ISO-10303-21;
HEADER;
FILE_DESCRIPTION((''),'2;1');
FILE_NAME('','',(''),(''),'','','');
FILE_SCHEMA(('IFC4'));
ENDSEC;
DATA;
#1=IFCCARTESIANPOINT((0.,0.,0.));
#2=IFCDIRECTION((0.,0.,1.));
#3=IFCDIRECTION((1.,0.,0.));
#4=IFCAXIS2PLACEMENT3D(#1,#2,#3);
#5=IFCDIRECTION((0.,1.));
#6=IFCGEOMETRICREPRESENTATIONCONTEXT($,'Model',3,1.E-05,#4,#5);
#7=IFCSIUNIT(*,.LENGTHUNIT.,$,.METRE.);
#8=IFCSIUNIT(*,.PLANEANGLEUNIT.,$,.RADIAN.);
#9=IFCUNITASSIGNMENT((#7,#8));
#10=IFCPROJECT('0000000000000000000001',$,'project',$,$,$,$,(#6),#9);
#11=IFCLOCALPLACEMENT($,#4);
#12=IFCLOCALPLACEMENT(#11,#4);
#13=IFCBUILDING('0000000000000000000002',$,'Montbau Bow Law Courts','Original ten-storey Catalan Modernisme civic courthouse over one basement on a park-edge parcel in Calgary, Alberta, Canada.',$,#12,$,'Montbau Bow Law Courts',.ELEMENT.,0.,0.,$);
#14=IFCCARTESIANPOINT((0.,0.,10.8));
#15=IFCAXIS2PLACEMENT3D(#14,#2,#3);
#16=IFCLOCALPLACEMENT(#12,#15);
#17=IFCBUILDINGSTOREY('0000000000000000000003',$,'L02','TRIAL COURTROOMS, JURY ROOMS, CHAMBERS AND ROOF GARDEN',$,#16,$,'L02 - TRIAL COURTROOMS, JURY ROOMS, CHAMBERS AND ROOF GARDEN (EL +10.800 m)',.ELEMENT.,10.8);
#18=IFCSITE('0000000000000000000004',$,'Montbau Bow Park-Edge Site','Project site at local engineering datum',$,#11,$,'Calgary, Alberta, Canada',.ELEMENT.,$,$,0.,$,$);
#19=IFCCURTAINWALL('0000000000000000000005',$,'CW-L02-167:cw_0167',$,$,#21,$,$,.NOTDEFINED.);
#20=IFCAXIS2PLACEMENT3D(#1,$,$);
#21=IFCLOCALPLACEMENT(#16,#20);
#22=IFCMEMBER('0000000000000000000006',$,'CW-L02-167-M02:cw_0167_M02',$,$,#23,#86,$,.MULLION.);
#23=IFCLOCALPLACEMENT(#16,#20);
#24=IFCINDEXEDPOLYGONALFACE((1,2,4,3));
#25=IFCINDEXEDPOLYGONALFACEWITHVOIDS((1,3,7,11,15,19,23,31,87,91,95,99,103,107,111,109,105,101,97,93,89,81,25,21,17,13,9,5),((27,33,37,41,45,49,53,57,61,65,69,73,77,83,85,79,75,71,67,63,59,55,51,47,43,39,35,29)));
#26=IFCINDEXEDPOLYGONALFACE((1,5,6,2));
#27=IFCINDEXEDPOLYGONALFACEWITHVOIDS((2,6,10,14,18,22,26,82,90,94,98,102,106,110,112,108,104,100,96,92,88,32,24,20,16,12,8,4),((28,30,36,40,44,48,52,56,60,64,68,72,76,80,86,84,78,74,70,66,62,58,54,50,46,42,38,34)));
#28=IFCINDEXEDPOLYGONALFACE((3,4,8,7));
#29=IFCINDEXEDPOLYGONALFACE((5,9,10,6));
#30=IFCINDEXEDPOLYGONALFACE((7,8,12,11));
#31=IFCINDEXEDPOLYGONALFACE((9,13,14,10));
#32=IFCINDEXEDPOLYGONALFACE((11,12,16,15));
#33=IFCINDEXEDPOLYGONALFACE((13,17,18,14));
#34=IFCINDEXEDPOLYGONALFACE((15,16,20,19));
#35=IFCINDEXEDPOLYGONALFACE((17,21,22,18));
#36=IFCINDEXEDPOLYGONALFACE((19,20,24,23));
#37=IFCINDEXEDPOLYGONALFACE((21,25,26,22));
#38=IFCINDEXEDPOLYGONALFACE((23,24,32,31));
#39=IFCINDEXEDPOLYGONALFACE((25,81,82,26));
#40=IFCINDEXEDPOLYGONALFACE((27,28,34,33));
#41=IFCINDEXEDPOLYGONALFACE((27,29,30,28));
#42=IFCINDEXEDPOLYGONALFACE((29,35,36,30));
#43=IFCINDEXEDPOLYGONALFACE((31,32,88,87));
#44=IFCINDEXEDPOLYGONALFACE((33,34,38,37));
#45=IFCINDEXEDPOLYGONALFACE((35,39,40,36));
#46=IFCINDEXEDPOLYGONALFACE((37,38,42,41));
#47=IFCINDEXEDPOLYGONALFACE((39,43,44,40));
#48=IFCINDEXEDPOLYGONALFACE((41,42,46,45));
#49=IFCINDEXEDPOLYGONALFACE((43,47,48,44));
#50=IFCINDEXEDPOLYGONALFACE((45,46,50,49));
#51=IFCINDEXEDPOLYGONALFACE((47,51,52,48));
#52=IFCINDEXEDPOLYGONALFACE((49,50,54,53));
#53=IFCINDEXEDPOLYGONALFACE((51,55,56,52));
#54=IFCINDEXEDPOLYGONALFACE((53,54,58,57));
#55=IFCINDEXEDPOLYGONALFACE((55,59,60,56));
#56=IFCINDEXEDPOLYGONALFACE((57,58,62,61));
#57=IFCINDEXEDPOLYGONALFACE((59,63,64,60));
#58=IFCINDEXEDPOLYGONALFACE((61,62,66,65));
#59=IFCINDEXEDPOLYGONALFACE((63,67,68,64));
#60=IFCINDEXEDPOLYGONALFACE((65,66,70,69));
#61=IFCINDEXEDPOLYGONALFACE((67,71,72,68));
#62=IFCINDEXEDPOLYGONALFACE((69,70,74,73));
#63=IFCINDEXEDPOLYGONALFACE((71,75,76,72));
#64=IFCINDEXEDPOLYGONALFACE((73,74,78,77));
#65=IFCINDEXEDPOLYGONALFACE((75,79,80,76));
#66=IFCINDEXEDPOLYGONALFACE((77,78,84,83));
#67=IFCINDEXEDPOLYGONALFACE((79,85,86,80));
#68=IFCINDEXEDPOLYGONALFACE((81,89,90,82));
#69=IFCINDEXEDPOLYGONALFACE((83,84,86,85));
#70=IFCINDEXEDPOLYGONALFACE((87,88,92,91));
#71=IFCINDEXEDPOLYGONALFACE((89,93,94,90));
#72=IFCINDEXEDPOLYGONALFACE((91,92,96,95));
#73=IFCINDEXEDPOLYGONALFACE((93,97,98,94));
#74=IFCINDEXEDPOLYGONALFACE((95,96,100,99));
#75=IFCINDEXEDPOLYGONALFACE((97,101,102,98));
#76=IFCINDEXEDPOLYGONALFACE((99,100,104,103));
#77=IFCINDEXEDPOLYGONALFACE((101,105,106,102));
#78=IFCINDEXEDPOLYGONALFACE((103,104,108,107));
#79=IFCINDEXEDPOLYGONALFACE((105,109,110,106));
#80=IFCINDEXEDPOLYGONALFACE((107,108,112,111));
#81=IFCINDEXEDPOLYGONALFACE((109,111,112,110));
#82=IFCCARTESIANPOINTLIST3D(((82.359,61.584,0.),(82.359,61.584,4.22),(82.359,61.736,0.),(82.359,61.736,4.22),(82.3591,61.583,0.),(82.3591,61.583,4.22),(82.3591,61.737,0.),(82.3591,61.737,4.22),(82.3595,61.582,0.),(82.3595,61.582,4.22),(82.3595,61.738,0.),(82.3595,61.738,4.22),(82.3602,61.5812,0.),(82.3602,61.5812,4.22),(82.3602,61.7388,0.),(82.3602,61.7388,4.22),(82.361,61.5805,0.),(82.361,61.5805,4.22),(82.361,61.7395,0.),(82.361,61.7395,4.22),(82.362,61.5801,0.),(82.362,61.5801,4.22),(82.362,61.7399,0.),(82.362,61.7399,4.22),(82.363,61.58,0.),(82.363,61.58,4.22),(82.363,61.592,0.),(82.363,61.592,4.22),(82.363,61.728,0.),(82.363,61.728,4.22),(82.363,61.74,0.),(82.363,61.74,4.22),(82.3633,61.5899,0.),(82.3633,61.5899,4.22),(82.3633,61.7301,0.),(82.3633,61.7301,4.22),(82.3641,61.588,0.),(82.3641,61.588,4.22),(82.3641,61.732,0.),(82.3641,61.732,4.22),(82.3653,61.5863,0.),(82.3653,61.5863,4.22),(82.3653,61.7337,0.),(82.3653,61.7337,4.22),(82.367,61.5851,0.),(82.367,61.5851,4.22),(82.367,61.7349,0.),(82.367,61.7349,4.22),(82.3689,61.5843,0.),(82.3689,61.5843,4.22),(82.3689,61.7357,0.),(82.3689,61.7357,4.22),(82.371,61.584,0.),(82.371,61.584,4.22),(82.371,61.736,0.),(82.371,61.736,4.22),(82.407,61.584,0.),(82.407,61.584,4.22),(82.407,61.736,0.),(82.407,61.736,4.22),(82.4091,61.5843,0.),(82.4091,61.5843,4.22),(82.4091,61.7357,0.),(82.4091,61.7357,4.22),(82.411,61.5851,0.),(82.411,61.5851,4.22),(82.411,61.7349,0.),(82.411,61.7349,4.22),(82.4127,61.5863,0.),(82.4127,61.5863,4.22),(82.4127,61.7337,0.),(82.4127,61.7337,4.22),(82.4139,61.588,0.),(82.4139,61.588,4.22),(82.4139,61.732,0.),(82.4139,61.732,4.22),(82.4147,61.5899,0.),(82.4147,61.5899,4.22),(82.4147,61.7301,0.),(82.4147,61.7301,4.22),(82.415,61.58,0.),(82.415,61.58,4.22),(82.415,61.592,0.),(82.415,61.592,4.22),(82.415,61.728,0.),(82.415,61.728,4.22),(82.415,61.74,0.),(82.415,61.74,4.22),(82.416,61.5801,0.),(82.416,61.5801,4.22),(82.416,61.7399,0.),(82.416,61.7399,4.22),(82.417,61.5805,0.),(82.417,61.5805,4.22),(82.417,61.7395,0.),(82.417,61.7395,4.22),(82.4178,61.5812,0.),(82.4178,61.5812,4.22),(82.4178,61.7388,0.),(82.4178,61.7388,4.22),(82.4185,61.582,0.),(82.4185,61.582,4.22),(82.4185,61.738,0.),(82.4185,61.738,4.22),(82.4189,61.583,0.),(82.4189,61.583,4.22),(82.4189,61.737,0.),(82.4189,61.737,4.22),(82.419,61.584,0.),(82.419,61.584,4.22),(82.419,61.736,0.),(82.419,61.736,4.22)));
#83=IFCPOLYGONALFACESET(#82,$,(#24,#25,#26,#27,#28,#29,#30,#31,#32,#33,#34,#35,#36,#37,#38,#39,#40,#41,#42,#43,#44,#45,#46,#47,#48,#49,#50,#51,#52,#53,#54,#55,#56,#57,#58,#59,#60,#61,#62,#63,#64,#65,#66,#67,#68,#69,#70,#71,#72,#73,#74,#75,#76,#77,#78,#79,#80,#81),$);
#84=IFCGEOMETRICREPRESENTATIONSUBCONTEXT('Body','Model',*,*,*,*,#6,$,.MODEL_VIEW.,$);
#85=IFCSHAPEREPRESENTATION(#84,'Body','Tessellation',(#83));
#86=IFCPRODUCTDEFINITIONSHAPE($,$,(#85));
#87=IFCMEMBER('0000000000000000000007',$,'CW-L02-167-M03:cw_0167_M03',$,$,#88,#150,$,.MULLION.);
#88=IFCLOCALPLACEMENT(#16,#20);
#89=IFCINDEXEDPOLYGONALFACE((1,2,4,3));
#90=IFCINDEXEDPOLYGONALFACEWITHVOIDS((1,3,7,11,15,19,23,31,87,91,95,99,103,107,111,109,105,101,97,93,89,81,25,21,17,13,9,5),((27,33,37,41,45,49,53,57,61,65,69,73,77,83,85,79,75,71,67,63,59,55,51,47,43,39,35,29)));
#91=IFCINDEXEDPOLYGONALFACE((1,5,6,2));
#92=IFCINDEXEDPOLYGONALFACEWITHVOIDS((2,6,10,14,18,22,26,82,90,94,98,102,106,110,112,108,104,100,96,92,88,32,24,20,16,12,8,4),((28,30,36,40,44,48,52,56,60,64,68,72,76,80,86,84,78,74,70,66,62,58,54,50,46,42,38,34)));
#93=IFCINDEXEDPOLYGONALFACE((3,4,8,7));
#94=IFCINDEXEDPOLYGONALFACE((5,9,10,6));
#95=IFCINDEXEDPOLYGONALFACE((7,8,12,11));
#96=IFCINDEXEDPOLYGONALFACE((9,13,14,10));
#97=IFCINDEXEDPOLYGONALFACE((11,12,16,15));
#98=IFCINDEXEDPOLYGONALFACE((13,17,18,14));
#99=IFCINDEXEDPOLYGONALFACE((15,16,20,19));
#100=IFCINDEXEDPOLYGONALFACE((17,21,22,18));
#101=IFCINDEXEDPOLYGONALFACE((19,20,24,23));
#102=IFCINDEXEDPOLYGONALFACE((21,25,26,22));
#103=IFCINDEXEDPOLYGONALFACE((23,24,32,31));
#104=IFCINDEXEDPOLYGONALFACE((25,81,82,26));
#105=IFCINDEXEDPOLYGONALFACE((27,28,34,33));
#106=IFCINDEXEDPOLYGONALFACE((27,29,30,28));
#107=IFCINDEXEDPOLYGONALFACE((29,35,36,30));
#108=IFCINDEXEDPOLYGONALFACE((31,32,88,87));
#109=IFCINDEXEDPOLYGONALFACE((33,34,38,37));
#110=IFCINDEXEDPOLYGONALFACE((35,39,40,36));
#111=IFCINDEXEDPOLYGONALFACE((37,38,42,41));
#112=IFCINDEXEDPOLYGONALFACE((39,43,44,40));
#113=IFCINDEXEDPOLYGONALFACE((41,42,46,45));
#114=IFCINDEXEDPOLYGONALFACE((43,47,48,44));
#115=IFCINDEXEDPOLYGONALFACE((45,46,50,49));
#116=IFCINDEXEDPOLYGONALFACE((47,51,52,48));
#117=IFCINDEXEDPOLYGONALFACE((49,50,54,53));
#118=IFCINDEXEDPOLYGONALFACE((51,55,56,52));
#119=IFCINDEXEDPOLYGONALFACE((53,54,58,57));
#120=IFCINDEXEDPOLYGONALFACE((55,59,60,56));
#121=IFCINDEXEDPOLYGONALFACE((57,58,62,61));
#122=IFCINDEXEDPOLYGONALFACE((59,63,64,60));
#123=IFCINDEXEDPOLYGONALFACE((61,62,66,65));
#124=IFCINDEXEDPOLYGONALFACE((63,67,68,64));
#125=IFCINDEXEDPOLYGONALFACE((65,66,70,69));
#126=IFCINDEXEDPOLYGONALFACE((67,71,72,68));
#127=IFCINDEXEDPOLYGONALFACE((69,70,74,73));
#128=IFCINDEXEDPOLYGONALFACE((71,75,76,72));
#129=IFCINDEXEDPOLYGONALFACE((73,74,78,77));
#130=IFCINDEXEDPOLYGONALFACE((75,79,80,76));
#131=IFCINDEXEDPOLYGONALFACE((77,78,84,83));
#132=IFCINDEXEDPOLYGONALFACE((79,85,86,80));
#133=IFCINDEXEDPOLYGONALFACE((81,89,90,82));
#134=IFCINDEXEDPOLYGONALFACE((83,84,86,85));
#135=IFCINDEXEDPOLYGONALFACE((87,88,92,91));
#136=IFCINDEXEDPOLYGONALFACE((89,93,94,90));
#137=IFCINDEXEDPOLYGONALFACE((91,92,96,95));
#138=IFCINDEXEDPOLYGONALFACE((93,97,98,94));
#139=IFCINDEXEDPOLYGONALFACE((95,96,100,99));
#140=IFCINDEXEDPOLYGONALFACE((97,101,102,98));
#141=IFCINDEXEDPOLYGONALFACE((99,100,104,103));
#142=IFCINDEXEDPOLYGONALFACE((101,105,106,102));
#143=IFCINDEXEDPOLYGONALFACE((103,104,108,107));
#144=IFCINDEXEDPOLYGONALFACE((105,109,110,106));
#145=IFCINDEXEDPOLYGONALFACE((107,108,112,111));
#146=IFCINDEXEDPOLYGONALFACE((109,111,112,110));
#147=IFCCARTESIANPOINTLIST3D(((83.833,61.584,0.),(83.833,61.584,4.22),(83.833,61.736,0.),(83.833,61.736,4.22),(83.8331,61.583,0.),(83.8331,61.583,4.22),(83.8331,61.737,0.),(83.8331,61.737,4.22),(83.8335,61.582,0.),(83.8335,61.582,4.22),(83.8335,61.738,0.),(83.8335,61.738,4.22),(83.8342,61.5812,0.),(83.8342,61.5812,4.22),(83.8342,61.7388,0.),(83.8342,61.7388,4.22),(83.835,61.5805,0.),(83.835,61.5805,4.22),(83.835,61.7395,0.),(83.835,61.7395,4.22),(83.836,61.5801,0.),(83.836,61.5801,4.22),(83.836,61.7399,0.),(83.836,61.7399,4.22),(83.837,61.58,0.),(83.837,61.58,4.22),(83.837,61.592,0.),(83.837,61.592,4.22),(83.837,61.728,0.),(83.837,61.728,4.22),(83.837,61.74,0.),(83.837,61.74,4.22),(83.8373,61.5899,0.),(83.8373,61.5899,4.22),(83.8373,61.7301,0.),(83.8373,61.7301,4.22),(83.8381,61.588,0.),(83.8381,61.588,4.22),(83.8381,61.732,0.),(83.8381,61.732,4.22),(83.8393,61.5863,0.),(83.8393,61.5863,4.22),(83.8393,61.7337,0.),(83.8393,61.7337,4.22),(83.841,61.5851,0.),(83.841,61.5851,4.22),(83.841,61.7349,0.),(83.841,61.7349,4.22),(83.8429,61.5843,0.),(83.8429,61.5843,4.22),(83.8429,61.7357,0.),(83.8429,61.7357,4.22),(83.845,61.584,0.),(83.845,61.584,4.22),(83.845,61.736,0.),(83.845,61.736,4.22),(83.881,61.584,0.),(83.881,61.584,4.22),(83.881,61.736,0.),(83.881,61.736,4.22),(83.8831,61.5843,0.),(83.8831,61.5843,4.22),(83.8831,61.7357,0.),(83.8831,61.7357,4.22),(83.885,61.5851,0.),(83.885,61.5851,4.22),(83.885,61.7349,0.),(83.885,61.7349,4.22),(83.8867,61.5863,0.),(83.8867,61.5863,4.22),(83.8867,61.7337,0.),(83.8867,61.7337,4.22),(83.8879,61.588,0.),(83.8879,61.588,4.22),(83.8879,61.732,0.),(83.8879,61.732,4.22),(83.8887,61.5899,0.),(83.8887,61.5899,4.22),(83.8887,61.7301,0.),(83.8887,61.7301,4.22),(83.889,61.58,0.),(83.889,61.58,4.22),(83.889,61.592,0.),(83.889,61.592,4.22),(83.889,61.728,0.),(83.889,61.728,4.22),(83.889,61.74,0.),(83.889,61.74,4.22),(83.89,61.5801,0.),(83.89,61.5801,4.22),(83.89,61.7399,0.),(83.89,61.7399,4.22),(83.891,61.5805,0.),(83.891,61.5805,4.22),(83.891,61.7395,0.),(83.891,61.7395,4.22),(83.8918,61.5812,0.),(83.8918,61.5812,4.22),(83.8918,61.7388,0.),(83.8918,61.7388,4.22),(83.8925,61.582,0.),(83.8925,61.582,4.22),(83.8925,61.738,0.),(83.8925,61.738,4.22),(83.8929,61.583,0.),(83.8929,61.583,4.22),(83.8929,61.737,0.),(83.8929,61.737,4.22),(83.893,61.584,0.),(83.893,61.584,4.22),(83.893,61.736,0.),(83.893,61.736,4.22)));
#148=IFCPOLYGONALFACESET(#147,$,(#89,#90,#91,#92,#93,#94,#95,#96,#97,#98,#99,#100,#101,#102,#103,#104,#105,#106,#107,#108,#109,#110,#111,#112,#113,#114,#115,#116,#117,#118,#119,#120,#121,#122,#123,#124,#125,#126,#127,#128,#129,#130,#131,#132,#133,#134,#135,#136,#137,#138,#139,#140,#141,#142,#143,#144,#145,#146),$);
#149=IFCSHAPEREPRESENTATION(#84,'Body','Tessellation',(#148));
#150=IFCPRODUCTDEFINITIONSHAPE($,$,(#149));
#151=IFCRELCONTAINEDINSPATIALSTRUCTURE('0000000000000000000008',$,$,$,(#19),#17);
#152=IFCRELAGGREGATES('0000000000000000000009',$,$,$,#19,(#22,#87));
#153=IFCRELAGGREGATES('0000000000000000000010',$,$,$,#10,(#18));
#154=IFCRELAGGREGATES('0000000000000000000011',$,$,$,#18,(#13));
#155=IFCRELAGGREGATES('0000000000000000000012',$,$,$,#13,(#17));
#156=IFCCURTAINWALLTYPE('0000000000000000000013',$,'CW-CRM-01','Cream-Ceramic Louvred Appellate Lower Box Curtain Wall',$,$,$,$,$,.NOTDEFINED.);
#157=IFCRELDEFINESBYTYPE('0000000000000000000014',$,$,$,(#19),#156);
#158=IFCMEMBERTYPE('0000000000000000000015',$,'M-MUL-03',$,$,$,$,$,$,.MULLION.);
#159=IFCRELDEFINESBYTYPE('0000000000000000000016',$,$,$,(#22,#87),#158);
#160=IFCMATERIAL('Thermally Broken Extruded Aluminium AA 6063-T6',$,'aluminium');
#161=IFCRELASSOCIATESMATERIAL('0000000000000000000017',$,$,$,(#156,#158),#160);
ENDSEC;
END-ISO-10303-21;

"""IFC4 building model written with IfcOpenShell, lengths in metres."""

from ifc_helpers import new_model, si_unit, direction, frame, origin_with_axes, origin_2d_with_axis, place, context, subcontext, project, spatial, hollow_rectangle, extrude, material, material_profile, profile_set, type_object, element, aggregate, save


model = new_model("IFC4")

# Units and contexts
model_context = context("Model", 3, precision=1e-05, world=origin_with_axes(), true_north=direction((0.0, 1.0)))
body_context = subcontext(model_context, "Body", "Model", "MODEL_VIEW")
ifc_project = project(units=[si_unit("LENGTHUNIT", "METRE"), si_unit("PLANEANGLEUNIT", "RADIAN")], contexts=[model_context])

# Site, building, storey
site_placement = place(None, origin_with_axes())
site = spatial("IfcSite", under=ifc_project, at=site_placement, Name="Montbau Bow Park-Edge Site", Description="Project site at local engineering datum", LongName="Calgary, Alberta, Canada", CompositionType="ELEMENT", RefElevation=0.0)
building_placement = place(site_placement, origin_with_axes())
building = spatial("IfcBuilding", under=site, at=building_placement, Name="Montbau Bow Law Courts", Description="Original ten-storey Catalan Modernisme civic courthouse over one basement on a park-edge parcel in Calgary, Alberta, Canada.", LongName="Montbau Bow Law Courts", CompositionType="ELEMENT", ElevationOfRefHeight=0.0, ElevationOfTerrain=0.0)
storey_placement = place(building_placement, frame((0.0, 0.0, 10.8), z_axis=(0.0, 0.0, 1.0), x_axis=(1.0, 0.0, 0.0)))
storey = spatial("IfcBuildingStorey", under=building, at=storey_placement, Name="L02", Description="TRIAL COURTROOMS, JURY ROOMS, CHAMBERS AND ROOF GARDEN", LongName="L02 - TRIAL COURTROOMS, JURY ROOMS, CHAMBERS AND ROOF GARDEN (EL +10.800 m)", CompositionType="ELEMENT", Elevation=10.8)

# Curtain wall, members
ifc_material_1 = material(Name="Thermally Broken Extruded Aluminium AA 6063-T6", Category="aluminium")
curtain_wall_type = type_object("IfcCurtainWallType", Name="CW-CRM-01", Description="Cream-Ceramic Louvred Appellate Lower Box Curtain Wall", PredefinedType="NOTDEFINED", material=ifc_material_1)
curtain_wall_placement = place(None, frame((80.915, 61.66, 10.8), z_axis=(0.0, 0.0, 1.0), x_axis=(1.0, 0.0, 0.0)))
curtain_wall = element("IfcCurtainWall", 1, at=curtain_wall_placement, inside=storey, type_object=curtain_wall_type, Name="CW-L02-167:cw_0167", PredefinedType="NOTDEFINED")
ifc_material_profile_1 = material_profile(ifc_material_1, hollow_rectangle(XDim=0.06, YDim=0.16, WallThickness=0.004, InnerFilletRadius=0.008, OuterFilletRadius=0.004, at=origin_2d_with_axis()), Name="CWM-160X60", Category="Main", Priority=0)
ifc_profile_set_1 = profile_set([ifc_material_profile_1], Name="Thermally Broken Extruded Aluminium AA 6063-T6")
member_type_1 = type_object("IfcMemberType", Name="M-MUL-03", PredefinedType="MULLION", material=ifc_profile_set_1)
member_1_placement = place(None, frame((82.389, 61.66, 10.8), z_axis=(0.0, 0.0, 1.0), x_axis=(1.0, 0.0, 0.0)))
member_1 = element("IfcMember", 2, at=member_1_placement, type_object=member_type_1, Name="CW-L02-167-M02:cw_0167_M02", PredefinedType="MULLION", context=body_context, shape_type="SweptSolid", body=[
    extrude(hollow_rectangle(XDim=0.06, YDim=0.16, WallThickness=0.004, InnerFilletRadius=0.008, OuterFilletRadius=0.004, at=origin_2d_with_axis()), origin_with_axes(), (0.0, 0.0, 1.0), 4.22),
])
member_2_placement = place(None, frame((83.863, 61.66, 10.8), z_axis=(0.0, 0.0, 1.0), x_axis=(1.0, 0.0, 0.0)))
member_2 = element("IfcMember", 3, at=member_2_placement, type_object=member_type_1, Name="CW-L02-167-M03:cw_0167_M03", PredefinedType="MULLION", context=body_context, shape_type="SweptSolid", body=[
    extrude(hollow_rectangle(XDim=0.06, YDim=0.16, WallThickness=0.004, InnerFilletRadius=0.008, OuterFilletRadius=0.004, at=origin_2d_with_axis()), origin_with_axes(), (0.0, 0.0, 1.0), 4.22),
])
aggregate(curtain_wall, [member_1, member_2])

save(model, "model.ifc")
